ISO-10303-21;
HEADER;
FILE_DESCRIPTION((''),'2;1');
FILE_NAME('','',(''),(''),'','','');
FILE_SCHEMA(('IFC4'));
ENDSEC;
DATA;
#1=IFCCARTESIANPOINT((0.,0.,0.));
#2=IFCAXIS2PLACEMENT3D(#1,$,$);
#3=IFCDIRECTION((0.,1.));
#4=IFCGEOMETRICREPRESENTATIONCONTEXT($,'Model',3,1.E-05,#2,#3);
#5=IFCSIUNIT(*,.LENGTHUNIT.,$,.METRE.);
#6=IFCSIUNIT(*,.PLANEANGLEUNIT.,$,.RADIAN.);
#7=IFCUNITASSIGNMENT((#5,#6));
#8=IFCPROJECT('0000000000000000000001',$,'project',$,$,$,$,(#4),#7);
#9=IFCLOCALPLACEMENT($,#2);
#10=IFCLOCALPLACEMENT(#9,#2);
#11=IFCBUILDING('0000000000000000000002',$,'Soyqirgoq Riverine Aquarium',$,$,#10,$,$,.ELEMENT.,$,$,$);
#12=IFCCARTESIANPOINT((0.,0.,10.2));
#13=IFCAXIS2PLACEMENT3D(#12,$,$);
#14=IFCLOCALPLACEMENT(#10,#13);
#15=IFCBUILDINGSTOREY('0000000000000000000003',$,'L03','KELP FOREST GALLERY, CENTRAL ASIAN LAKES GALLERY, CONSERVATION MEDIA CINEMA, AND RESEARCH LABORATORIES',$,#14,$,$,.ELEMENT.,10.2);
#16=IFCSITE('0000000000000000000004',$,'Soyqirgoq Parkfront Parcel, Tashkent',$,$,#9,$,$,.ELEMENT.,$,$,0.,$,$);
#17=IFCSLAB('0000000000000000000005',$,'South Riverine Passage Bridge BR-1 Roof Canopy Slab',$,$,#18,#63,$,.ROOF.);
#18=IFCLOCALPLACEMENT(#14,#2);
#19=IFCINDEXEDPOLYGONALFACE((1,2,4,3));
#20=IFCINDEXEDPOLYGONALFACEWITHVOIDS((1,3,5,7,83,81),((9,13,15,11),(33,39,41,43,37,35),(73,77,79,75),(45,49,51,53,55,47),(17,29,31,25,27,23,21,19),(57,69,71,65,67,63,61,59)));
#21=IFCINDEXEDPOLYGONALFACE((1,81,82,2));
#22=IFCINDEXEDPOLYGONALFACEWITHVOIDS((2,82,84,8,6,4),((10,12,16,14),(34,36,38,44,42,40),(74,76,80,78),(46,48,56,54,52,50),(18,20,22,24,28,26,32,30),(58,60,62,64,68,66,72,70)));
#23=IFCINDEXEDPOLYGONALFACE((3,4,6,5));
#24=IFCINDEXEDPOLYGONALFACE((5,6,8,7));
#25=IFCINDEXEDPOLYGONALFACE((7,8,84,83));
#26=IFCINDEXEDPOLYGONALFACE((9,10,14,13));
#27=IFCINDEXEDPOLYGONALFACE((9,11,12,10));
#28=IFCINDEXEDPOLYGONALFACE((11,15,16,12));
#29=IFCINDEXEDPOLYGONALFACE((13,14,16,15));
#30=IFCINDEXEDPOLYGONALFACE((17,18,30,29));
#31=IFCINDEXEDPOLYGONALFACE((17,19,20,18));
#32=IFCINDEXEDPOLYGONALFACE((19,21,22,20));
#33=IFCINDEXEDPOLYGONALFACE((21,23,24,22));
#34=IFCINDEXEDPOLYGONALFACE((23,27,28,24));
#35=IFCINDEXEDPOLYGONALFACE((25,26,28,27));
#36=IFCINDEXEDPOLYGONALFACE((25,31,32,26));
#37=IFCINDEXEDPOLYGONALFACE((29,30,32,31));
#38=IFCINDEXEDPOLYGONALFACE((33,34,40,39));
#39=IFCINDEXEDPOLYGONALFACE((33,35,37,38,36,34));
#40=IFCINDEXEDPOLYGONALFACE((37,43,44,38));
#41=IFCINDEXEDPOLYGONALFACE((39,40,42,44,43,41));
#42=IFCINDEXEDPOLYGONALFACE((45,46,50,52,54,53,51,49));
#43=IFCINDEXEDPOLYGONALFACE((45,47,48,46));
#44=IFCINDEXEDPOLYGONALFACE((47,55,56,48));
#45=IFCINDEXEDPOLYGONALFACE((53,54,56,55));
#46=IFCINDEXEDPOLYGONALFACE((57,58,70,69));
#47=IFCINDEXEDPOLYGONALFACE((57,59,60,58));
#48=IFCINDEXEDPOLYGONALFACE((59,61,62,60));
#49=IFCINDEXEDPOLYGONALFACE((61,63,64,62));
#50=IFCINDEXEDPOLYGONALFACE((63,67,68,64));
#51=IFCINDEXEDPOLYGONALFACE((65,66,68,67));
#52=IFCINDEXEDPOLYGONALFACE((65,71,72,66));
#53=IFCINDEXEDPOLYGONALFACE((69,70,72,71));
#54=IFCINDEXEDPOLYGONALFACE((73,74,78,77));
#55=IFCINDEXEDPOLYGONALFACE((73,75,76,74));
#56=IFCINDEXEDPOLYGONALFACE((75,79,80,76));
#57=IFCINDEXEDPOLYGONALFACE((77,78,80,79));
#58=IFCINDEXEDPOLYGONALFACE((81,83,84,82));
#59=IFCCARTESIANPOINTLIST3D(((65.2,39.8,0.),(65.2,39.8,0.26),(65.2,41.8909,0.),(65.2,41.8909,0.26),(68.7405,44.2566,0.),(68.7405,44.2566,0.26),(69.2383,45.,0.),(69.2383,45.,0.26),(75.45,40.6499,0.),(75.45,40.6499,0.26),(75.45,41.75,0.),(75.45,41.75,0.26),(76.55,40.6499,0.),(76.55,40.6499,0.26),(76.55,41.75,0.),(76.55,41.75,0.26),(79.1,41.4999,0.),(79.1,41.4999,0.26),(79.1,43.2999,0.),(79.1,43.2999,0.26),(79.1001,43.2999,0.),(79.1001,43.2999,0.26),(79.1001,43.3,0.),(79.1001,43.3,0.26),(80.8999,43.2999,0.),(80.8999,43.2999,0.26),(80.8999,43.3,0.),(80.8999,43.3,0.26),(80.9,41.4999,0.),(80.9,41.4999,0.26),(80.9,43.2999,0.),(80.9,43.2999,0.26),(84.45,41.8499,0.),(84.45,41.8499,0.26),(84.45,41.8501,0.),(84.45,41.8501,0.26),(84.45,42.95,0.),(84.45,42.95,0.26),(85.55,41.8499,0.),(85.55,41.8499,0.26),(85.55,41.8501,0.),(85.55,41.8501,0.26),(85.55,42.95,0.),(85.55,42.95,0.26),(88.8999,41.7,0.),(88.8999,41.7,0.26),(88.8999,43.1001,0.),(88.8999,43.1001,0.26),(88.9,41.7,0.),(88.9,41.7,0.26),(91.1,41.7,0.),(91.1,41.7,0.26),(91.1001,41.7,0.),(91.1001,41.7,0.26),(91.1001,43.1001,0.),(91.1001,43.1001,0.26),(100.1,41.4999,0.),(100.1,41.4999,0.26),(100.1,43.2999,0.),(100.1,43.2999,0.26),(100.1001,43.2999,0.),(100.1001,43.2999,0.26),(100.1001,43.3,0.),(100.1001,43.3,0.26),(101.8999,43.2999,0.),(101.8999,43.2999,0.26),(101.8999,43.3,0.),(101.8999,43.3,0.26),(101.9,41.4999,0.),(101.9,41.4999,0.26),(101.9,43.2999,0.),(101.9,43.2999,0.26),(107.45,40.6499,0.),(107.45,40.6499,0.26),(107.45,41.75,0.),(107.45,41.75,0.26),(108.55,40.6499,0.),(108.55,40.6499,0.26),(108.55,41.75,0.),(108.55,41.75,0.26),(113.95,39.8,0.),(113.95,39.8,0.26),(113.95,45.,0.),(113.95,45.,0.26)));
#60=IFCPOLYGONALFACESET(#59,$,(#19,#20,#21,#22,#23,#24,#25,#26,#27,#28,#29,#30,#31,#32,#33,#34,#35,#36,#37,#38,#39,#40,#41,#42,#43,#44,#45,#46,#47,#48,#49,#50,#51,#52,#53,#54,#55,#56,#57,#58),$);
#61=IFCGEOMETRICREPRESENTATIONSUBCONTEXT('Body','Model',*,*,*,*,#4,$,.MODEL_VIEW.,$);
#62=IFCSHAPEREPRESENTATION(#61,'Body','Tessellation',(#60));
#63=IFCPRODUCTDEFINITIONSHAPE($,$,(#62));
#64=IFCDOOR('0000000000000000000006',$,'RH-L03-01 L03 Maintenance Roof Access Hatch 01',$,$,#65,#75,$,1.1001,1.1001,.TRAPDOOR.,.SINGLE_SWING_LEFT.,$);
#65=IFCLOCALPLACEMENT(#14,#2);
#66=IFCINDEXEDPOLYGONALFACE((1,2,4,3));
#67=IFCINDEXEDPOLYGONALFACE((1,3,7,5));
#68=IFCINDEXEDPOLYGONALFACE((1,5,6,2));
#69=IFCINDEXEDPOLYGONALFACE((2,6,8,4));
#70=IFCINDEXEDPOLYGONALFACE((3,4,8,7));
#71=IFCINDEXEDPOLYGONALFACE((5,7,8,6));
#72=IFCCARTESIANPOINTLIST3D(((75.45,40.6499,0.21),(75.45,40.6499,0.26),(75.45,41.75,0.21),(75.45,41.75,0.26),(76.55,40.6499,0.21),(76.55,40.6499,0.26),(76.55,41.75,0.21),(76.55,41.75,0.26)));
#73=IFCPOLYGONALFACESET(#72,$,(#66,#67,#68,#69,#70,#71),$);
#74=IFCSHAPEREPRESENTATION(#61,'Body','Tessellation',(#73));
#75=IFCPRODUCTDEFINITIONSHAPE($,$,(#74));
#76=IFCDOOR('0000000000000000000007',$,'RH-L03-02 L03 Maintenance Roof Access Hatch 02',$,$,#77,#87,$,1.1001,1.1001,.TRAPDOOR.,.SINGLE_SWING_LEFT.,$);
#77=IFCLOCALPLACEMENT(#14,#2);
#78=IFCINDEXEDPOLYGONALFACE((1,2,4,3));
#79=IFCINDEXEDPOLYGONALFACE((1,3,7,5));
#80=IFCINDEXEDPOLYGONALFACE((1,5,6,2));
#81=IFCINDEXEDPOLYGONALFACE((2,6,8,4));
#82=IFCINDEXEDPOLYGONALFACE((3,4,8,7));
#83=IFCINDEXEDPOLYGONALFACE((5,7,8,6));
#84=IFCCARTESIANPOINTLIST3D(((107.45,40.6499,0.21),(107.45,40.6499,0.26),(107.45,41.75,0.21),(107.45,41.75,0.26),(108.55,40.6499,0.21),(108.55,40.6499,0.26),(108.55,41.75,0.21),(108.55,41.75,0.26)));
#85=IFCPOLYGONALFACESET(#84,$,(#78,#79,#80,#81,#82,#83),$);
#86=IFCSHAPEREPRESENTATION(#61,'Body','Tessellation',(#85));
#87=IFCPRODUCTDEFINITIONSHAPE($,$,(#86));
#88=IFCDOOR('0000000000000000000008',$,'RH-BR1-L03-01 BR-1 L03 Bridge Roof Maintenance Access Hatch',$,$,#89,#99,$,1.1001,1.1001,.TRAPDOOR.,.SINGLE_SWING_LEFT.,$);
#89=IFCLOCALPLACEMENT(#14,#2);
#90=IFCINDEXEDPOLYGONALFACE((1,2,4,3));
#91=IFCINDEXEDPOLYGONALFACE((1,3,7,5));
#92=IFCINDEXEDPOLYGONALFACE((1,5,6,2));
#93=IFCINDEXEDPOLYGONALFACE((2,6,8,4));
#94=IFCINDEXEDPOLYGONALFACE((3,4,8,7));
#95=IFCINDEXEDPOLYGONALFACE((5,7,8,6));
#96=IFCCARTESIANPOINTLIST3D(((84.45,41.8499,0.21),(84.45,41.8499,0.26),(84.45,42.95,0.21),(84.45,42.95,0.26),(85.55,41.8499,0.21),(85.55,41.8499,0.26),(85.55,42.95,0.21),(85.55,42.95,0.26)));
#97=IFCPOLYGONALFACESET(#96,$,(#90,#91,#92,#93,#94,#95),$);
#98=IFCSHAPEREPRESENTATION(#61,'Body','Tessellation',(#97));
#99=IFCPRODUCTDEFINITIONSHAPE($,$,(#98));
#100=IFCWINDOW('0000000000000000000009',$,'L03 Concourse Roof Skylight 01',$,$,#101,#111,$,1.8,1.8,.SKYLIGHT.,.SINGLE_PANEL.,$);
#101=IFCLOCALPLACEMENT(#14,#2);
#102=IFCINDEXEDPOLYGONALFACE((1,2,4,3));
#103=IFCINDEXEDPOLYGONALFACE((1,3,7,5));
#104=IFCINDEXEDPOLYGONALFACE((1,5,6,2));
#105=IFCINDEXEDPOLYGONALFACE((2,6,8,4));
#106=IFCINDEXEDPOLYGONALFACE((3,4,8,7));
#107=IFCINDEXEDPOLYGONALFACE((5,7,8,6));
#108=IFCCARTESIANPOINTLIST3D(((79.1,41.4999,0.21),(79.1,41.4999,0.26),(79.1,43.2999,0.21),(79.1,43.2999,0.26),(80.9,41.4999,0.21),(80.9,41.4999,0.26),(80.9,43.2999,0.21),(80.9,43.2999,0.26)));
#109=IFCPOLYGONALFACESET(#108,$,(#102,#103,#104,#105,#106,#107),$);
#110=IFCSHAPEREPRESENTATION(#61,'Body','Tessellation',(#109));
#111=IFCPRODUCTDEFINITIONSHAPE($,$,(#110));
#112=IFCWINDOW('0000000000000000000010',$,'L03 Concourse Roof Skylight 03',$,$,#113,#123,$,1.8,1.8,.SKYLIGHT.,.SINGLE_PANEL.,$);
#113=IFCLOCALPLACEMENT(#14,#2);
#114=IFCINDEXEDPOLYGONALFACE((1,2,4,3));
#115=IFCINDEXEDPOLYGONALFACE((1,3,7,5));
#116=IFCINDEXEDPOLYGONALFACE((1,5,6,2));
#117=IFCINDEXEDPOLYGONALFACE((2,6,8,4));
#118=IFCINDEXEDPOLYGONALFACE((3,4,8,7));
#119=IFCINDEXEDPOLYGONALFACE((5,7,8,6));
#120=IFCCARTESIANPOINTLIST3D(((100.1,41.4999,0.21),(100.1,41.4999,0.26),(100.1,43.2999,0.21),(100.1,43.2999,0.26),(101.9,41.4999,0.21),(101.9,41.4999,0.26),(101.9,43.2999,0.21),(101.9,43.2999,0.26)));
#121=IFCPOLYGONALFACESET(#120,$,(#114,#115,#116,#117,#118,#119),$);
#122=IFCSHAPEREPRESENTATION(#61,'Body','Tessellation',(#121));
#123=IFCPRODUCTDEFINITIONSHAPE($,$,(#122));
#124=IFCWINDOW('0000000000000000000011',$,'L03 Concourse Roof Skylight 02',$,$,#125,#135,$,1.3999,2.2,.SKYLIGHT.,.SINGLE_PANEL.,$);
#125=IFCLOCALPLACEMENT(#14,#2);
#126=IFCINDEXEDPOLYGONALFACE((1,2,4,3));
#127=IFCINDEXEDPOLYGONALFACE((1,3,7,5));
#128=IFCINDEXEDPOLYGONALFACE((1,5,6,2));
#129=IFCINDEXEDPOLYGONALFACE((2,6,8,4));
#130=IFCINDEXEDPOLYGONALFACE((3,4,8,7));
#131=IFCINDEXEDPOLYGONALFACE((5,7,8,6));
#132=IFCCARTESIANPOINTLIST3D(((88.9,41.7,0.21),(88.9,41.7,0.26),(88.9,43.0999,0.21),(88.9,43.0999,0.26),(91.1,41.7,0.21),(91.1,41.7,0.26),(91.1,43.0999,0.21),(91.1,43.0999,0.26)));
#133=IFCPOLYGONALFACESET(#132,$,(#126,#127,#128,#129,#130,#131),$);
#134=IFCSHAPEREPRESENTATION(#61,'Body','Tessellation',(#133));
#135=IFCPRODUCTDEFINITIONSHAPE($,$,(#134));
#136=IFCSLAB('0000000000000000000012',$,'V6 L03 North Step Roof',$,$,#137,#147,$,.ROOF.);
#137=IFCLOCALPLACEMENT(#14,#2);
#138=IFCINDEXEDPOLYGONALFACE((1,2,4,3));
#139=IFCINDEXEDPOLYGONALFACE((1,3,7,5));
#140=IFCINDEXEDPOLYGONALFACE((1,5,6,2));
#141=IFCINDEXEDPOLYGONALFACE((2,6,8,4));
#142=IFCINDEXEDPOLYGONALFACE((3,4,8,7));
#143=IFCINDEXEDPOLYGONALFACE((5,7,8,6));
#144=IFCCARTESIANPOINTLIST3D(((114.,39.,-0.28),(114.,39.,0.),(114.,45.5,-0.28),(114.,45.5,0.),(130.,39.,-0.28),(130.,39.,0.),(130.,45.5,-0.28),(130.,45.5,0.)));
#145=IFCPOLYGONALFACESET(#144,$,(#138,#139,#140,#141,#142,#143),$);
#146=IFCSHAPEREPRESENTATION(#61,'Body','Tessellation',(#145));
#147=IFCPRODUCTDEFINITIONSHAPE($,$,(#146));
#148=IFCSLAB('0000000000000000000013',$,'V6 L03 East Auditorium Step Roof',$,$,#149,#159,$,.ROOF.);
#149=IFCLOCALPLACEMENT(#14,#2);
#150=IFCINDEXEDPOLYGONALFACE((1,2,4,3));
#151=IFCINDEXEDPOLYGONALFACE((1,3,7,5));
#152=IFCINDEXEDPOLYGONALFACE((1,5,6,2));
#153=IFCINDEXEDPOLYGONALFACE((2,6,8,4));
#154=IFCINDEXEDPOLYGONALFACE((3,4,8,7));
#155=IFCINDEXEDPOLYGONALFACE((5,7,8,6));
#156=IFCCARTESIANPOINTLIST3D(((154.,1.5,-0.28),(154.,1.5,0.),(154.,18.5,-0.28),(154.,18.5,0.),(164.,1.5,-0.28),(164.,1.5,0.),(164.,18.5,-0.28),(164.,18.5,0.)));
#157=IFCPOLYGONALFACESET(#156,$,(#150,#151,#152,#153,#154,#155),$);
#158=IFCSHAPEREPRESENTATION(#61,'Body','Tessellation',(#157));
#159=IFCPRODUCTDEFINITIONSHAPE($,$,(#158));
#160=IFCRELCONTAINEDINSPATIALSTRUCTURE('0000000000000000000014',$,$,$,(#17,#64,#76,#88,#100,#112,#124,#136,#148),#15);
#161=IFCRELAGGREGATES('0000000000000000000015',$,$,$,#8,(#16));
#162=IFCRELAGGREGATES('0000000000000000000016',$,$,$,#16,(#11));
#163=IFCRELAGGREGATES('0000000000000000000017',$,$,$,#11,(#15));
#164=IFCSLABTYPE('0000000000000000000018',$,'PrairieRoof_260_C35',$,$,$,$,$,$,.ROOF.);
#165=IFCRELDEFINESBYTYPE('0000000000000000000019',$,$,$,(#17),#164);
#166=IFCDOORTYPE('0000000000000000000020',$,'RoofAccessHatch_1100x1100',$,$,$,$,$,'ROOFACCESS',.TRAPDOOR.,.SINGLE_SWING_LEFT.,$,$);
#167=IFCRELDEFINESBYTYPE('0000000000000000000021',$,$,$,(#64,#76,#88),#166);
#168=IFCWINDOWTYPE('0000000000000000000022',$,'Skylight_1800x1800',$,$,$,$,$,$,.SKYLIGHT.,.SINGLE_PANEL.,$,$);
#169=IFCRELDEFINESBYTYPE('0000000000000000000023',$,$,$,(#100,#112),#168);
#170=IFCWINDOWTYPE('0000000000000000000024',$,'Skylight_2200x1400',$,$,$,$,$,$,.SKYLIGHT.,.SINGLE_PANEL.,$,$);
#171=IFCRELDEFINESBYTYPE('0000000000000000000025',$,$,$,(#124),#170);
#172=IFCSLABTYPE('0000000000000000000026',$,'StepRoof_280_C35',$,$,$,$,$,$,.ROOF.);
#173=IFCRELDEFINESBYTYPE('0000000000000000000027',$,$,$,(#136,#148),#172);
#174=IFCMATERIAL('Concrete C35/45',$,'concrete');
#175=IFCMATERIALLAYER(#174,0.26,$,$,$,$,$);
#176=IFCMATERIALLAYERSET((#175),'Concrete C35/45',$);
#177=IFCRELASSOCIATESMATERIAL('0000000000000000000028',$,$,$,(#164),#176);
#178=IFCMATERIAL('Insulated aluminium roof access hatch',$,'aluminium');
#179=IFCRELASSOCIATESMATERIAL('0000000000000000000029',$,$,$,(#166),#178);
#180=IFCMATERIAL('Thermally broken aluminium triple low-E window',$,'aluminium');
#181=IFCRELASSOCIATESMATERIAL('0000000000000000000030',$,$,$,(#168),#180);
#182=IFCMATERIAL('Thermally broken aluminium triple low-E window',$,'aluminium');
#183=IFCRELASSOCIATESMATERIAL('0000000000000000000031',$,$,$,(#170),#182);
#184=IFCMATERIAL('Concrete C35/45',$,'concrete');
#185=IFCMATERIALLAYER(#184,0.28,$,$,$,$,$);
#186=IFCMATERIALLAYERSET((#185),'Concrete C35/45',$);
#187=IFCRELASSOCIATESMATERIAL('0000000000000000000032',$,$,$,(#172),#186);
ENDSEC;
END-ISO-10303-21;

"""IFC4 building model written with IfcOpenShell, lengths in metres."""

from ifc_helpers import new_model, si_unit, direction, frame, origin, origin_2d, place, context, subcontext, project, spatial, polyline, rectangle, outline, extrude, material, layer, layer_set, type_object, element, fill, save


model = new_model("IFC4")

# Units and contexts
model_context = context("Model", 3, precision=1e-05, world=origin(), true_north=direction((0.0, 1.0)))
body_context = subcontext(model_context, "Body", "Model", "MODEL_VIEW")
ifc_project = project(units=[si_unit("LENGTHUNIT", "METRE"), si_unit("PLANEANGLEUNIT", "RADIAN")], contexts=[model_context])

# Site, building, storey
site_placement = place(None, origin())
site = spatial("IfcSite", under=ifc_project, at=site_placement, Name="Soyqirgoq Parkfront Parcel, Tashkent", CompositionType="ELEMENT", RefElevation=0.0)
building_placement = place(site_placement, origin())
building = spatial("IfcBuilding", under=site, at=building_placement, Name="Soyqirgoq Riverine Aquarium", CompositionType="ELEMENT")
storey_placement = place(building_placement, frame((0.0, 0.0, 10.2)))
storey = spatial("IfcBuildingStorey", under=building, at=storey_placement, Name="L03", Description="KELP FOREST GALLERY, CENTRAL ASIAN LAKES GALLERY, CONSERVATION MEDIA CINEMA, AND RESEARCH LABORATORIES", CompositionType="ELEMENT", Elevation=10.2)

# Slab, openings, doors, windows
ifc_material_1 = material(Name="Concrete C35/45", Category="concrete")
ifc_layer_1 = layer(ifc_material_1, 0.26)
ifc_layer_set_1 = layer_set([ifc_layer_1], Name="Concrete C35/45")
slab_type_1 = type_object("IfcSlabType", Name="PrairieRoof_260_C35", PredefinedType="ROOF", material=ifc_layer_set_1)
slab_1_placement = place(storey_placement, origin())
slab_1 = element("IfcSlab", 1, at=slab_1_placement, inside=storey, type_object=slab_type_1, Name="South Riverine Passage Bridge BR-1 Roof Canopy Slab", PredefinedType="ROOF", context=body_context, shape_type="SweptSolid", body=[
    extrude(outline(polyline([(69.2383, 45.0), (68.7405, 44.2566), (65.2, 41.8909), (65.2, 39.8), (113.95, 39.8), (113.95, 45.0), (69.2383, 45.0)]), holes=[polyline([(79.1001, 41.5), (79.1001, 43.3), (80.8999, 43.3), (80.8999, 41.5), (79.1001, 41.5)]), polyline([(88.8999, 41.7), (88.8999, 43.1001), (91.1001, 43.1001), (91.1001, 41.7), (88.8999, 41.7)]), polyline([(100.1001, 41.5), (100.1001, 43.3), (101.8999, 43.3), (101.8999, 41.5), (100.1001, 41.5)]), polyline([(75.45, 40.6499), (75.45, 41.75), (76.55, 41.75), (76.55, 40.6499), (75.45, 40.6499)]), polyline([(107.45, 40.6499), (107.45, 41.75), (108.55, 41.75), (108.55, 40.6499), (107.45, 40.6499)]), polyline([(84.45, 41.8501), (84.45, 42.95), (85.55, 42.95), (85.55, 41.8501), (84.45, 41.8501)])]), origin(), (0.0, 0.0, 1.0), 0.26),
])
opening_1_placement = place(slab_1_placement, frame((80.0, 42.3999, 0.0)))
opening_1 = element("IfcOpeningElement", 2, at=opening_1_placement, cuts=slab_1, PredefinedType="OPENING", context=body_context, shape_type="SweptSolid", body=[
    extrude(rectangle(XDim=1.8, YDim=1.8, at=origin_2d()), origin(), (0.0, 0.0, 1.0), 0.26),
])
opening_2_placement = place(slab_1_placement, frame((90.0, 42.3999, 0.0)))
opening_2 = element("IfcOpeningElement", 3, at=opening_2_placement, cuts=slab_1, PredefinedType="OPENING", context=body_context, shape_type="SweptSolid", body=[
    extrude(rectangle(XDim=2.2, YDim=1.3999, at=origin_2d()), origin(), (0.0, 0.0, 1.0), 0.26),
])
opening_3_placement = place(slab_1_placement, frame((101.0, 42.3999, 0.0)))
opening_3 = element("IfcOpeningElement", 4, at=opening_3_placement, cuts=slab_1, PredefinedType="OPENING", context=body_context, shape_type="SweptSolid", body=[
    extrude(rectangle(XDim=1.8, YDim=1.8, at=origin_2d()), origin(), (0.0, 0.0, 1.0), 0.26),
])
opening_4_placement = place(slab_1_placement, frame((76.0, 41.2, 0.0)))
opening_4 = element("IfcOpeningElement", 5, at=opening_4_placement, cuts=slab_1, PredefinedType="OPENING", context=body_context, shape_type="SweptSolid", body=[
    extrude(rectangle(XDim=1.1001, YDim=1.1001, at=origin_2d()), origin(), (0.0, 0.0, 1.0), 0.26),
])
opening_5_placement = place(slab_1_placement, frame((108.0, 41.2, 0.0)))
opening_5 = element("IfcOpeningElement", 6, at=opening_5_placement, cuts=slab_1, PredefinedType="OPENING", context=body_context, shape_type="SweptSolid", body=[
    extrude(rectangle(XDim=1.1001, YDim=1.1001, at=origin_2d()), origin(), (0.0, 0.0, 1.0), 0.26),
])
opening_6_placement = place(slab_1_placement, frame((85.0, 42.3999, 0.0)))
opening_6 = element("IfcOpeningElement", 7, at=opening_6_placement, cuts=slab_1, PredefinedType="OPENING", context=body_context, shape_type="SweptSolid", body=[
    extrude(rectangle(XDim=1.1001, YDim=1.1001, at=origin_2d()), origin(), (0.0, 0.0, 1.0), 0.26),
])
ifc_material_2 = material(Name="Insulated aluminium roof access hatch", Category="aluminium")
door_type = type_object("IfcDoorType", Name="RoofAccessHatch_1100x1100", ElementType="ROOFACCESS", OperationType="SINGLE_SWING_LEFT", PredefinedType="TRAPDOOR", material=ifc_material_2)
door_1_placement = place(opening_4_placement, frame((0.0, 0.0, 0.21)))
door_1 = element("IfcDoor", 8, at=door_1_placement, inside=storey, type_object=door_type, Name="RH-L03-01 L03 Maintenance Roof Access Hatch 01", OperationType="SINGLE_SWING_LEFT", OverallHeight=1.1001, OverallWidth=1.1001, PredefinedType="TRAPDOOR", context=body_context, shape_type="SweptSolid", body=[
    extrude(rectangle(XDim=1.1001, YDim=1.1001, at=origin_2d()), origin(), (0.0, 0.0, 1.0), 0.05),
])
fill(opening_4, door_1)
door_2_placement = place(opening_5_placement, frame((0.0, 0.0, 0.21)))
door_2 = element("IfcDoor", 9, at=door_2_placement, inside=storey, type_object=door_type, Name="RH-L03-02 L03 Maintenance Roof Access Hatch 02", OperationType="SINGLE_SWING_LEFT", OverallHeight=1.1001, OverallWidth=1.1001, PredefinedType="TRAPDOOR", context=body_context, shape_type="SweptSolid", body=[
    extrude(rectangle(XDim=1.1001, YDim=1.1001, at=origin_2d()), origin(), (0.0, 0.0, 1.0), 0.05),
])
fill(opening_5, door_2)
door_3_placement = place(opening_6_placement, frame((0.0, 0.0, 0.21)))
door_3 = element("IfcDoor", 10, at=door_3_placement, inside=storey, type_object=door_type, Name="RH-BR1-L03-01 BR-1 L03 Bridge Roof Maintenance Access Hatch", OperationType="SINGLE_SWING_LEFT", OverallHeight=1.1001, OverallWidth=1.1001, PredefinedType="TRAPDOOR", context=body_context, shape_type="SweptSolid", body=[
    extrude(rectangle(XDim=1.1001, YDim=1.1001, at=origin_2d()), origin(), (0.0, 0.0, 1.0), 0.05),
])
fill(opening_6, door_3)
ifc_material_3 = material(Name="Thermally broken aluminium triple low-E window", Category="aluminium")
window_type_1 = type_object("IfcWindowType", Name="Skylight_1800x1800", PartitioningType="SINGLE_PANEL", PredefinedType="SKYLIGHT", material=ifc_material_3)
window_1_placement = place(opening_1_placement, frame((0.0, 0.0, 0.21)))
window_1 = element("IfcWindow", 11, at=window_1_placement, inside=storey, type_object=window_type_1, Name="L03 Concourse Roof Skylight 01", OverallHeight=1.8, OverallWidth=1.8, PartitioningType="SINGLE_PANEL", PredefinedType="SKYLIGHT", context=body_context, shape_type="SweptSolid", body=[
    extrude(rectangle(XDim=1.8, YDim=1.8, at=origin_2d()), origin(), (0.0, 0.0, 1.0), 0.05),
])
fill(opening_1, window_1)
window_2_placement = place(opening_3_placement, frame((0.0, 0.0, 0.21)))
window_2 = element("IfcWindow", 12, at=window_2_placement, inside=storey, type_object=window_type_1, Name="L03 Concourse Roof Skylight 03", OverallHeight=1.8, OverallWidth=1.8, PartitioningType="SINGLE_PANEL", PredefinedType="SKYLIGHT", context=body_context, shape_type="SweptSolid", body=[
    extrude(rectangle(XDim=1.8, YDim=1.8, at=origin_2d()), origin(), (0.0, 0.0, 1.0), 0.05),
])
fill(opening_3, window_2)
ifc_material_4 = material(Name="Thermally broken aluminium triple low-E window", Category="aluminium")
window_type_2 = type_object("IfcWindowType", Name="Skylight_2200x1400", PartitioningType="SINGLE_PANEL", PredefinedType="SKYLIGHT", material=ifc_material_4)
window_3_placement = place(opening_2_placement, frame((0.0, 0.0, 0.21)))
window_3 = element("IfcWindow", 13, at=window_3_placement, inside=storey, type_object=window_type_2, Name="L03 Concourse Roof Skylight 02", OverallHeight=1.3999, OverallWidth=2.2, PartitioningType="SINGLE_PANEL", PredefinedType="SKYLIGHT", context=body_context, shape_type="SweptSolid", body=[
    extrude(rectangle(XDim=2.2, YDim=1.3999, at=origin_2d()), origin(), (0.0, 0.0, 1.0), 0.05),
])
fill(opening_2, window_3)

# Slabs
ifc_material_5 = material(Name="Concrete C35/45", Category="concrete")
ifc_layer_2 = layer(ifc_material_5, 0.28)
ifc_layer_set_2 = layer_set([ifc_layer_2], Name="Concrete C35/45")
slab_type_2 = type_object("IfcSlabType", Name="StepRoof_280_C35", PredefinedType="ROOF", material=ifc_layer_set_2)
slab_2_placement = place(storey_placement, frame((0.0, 0.0, -0.28)))
element("IfcSlab", 14, at=slab_2_placement, inside=storey, type_object=slab_type_2, Name="V6 L03 North Step Roof", PredefinedType="ROOF", context=body_context, shape_type="SweptSolid", body=[
    extrude(outline(polyline([(114.0, 39.0), (130.0, 39.0), (130.0, 45.5), (114.0, 45.5), (114.0, 39.0)])), origin(), (0.0, 0.0, 1.0), 0.28),
])
slab_3_placement = place(storey_placement, frame((0.0, 0.0, -0.28)))
element("IfcSlab", 15, at=slab_3_placement, inside=storey, type_object=slab_type_2, Name="V6 L03 East Auditorium Step Roof", PredefinedType="ROOF", context=body_context, shape_type="SweptSolid", body=[
    extrude(outline(polyline([(154.0, 1.5), (164.0, 1.5), (164.0, 18.5), (154.0, 18.5), (154.0, 1.5)])), origin(), (0.0, 0.0, 1.0), 0.28),
])

save(model, "model.ifc")
